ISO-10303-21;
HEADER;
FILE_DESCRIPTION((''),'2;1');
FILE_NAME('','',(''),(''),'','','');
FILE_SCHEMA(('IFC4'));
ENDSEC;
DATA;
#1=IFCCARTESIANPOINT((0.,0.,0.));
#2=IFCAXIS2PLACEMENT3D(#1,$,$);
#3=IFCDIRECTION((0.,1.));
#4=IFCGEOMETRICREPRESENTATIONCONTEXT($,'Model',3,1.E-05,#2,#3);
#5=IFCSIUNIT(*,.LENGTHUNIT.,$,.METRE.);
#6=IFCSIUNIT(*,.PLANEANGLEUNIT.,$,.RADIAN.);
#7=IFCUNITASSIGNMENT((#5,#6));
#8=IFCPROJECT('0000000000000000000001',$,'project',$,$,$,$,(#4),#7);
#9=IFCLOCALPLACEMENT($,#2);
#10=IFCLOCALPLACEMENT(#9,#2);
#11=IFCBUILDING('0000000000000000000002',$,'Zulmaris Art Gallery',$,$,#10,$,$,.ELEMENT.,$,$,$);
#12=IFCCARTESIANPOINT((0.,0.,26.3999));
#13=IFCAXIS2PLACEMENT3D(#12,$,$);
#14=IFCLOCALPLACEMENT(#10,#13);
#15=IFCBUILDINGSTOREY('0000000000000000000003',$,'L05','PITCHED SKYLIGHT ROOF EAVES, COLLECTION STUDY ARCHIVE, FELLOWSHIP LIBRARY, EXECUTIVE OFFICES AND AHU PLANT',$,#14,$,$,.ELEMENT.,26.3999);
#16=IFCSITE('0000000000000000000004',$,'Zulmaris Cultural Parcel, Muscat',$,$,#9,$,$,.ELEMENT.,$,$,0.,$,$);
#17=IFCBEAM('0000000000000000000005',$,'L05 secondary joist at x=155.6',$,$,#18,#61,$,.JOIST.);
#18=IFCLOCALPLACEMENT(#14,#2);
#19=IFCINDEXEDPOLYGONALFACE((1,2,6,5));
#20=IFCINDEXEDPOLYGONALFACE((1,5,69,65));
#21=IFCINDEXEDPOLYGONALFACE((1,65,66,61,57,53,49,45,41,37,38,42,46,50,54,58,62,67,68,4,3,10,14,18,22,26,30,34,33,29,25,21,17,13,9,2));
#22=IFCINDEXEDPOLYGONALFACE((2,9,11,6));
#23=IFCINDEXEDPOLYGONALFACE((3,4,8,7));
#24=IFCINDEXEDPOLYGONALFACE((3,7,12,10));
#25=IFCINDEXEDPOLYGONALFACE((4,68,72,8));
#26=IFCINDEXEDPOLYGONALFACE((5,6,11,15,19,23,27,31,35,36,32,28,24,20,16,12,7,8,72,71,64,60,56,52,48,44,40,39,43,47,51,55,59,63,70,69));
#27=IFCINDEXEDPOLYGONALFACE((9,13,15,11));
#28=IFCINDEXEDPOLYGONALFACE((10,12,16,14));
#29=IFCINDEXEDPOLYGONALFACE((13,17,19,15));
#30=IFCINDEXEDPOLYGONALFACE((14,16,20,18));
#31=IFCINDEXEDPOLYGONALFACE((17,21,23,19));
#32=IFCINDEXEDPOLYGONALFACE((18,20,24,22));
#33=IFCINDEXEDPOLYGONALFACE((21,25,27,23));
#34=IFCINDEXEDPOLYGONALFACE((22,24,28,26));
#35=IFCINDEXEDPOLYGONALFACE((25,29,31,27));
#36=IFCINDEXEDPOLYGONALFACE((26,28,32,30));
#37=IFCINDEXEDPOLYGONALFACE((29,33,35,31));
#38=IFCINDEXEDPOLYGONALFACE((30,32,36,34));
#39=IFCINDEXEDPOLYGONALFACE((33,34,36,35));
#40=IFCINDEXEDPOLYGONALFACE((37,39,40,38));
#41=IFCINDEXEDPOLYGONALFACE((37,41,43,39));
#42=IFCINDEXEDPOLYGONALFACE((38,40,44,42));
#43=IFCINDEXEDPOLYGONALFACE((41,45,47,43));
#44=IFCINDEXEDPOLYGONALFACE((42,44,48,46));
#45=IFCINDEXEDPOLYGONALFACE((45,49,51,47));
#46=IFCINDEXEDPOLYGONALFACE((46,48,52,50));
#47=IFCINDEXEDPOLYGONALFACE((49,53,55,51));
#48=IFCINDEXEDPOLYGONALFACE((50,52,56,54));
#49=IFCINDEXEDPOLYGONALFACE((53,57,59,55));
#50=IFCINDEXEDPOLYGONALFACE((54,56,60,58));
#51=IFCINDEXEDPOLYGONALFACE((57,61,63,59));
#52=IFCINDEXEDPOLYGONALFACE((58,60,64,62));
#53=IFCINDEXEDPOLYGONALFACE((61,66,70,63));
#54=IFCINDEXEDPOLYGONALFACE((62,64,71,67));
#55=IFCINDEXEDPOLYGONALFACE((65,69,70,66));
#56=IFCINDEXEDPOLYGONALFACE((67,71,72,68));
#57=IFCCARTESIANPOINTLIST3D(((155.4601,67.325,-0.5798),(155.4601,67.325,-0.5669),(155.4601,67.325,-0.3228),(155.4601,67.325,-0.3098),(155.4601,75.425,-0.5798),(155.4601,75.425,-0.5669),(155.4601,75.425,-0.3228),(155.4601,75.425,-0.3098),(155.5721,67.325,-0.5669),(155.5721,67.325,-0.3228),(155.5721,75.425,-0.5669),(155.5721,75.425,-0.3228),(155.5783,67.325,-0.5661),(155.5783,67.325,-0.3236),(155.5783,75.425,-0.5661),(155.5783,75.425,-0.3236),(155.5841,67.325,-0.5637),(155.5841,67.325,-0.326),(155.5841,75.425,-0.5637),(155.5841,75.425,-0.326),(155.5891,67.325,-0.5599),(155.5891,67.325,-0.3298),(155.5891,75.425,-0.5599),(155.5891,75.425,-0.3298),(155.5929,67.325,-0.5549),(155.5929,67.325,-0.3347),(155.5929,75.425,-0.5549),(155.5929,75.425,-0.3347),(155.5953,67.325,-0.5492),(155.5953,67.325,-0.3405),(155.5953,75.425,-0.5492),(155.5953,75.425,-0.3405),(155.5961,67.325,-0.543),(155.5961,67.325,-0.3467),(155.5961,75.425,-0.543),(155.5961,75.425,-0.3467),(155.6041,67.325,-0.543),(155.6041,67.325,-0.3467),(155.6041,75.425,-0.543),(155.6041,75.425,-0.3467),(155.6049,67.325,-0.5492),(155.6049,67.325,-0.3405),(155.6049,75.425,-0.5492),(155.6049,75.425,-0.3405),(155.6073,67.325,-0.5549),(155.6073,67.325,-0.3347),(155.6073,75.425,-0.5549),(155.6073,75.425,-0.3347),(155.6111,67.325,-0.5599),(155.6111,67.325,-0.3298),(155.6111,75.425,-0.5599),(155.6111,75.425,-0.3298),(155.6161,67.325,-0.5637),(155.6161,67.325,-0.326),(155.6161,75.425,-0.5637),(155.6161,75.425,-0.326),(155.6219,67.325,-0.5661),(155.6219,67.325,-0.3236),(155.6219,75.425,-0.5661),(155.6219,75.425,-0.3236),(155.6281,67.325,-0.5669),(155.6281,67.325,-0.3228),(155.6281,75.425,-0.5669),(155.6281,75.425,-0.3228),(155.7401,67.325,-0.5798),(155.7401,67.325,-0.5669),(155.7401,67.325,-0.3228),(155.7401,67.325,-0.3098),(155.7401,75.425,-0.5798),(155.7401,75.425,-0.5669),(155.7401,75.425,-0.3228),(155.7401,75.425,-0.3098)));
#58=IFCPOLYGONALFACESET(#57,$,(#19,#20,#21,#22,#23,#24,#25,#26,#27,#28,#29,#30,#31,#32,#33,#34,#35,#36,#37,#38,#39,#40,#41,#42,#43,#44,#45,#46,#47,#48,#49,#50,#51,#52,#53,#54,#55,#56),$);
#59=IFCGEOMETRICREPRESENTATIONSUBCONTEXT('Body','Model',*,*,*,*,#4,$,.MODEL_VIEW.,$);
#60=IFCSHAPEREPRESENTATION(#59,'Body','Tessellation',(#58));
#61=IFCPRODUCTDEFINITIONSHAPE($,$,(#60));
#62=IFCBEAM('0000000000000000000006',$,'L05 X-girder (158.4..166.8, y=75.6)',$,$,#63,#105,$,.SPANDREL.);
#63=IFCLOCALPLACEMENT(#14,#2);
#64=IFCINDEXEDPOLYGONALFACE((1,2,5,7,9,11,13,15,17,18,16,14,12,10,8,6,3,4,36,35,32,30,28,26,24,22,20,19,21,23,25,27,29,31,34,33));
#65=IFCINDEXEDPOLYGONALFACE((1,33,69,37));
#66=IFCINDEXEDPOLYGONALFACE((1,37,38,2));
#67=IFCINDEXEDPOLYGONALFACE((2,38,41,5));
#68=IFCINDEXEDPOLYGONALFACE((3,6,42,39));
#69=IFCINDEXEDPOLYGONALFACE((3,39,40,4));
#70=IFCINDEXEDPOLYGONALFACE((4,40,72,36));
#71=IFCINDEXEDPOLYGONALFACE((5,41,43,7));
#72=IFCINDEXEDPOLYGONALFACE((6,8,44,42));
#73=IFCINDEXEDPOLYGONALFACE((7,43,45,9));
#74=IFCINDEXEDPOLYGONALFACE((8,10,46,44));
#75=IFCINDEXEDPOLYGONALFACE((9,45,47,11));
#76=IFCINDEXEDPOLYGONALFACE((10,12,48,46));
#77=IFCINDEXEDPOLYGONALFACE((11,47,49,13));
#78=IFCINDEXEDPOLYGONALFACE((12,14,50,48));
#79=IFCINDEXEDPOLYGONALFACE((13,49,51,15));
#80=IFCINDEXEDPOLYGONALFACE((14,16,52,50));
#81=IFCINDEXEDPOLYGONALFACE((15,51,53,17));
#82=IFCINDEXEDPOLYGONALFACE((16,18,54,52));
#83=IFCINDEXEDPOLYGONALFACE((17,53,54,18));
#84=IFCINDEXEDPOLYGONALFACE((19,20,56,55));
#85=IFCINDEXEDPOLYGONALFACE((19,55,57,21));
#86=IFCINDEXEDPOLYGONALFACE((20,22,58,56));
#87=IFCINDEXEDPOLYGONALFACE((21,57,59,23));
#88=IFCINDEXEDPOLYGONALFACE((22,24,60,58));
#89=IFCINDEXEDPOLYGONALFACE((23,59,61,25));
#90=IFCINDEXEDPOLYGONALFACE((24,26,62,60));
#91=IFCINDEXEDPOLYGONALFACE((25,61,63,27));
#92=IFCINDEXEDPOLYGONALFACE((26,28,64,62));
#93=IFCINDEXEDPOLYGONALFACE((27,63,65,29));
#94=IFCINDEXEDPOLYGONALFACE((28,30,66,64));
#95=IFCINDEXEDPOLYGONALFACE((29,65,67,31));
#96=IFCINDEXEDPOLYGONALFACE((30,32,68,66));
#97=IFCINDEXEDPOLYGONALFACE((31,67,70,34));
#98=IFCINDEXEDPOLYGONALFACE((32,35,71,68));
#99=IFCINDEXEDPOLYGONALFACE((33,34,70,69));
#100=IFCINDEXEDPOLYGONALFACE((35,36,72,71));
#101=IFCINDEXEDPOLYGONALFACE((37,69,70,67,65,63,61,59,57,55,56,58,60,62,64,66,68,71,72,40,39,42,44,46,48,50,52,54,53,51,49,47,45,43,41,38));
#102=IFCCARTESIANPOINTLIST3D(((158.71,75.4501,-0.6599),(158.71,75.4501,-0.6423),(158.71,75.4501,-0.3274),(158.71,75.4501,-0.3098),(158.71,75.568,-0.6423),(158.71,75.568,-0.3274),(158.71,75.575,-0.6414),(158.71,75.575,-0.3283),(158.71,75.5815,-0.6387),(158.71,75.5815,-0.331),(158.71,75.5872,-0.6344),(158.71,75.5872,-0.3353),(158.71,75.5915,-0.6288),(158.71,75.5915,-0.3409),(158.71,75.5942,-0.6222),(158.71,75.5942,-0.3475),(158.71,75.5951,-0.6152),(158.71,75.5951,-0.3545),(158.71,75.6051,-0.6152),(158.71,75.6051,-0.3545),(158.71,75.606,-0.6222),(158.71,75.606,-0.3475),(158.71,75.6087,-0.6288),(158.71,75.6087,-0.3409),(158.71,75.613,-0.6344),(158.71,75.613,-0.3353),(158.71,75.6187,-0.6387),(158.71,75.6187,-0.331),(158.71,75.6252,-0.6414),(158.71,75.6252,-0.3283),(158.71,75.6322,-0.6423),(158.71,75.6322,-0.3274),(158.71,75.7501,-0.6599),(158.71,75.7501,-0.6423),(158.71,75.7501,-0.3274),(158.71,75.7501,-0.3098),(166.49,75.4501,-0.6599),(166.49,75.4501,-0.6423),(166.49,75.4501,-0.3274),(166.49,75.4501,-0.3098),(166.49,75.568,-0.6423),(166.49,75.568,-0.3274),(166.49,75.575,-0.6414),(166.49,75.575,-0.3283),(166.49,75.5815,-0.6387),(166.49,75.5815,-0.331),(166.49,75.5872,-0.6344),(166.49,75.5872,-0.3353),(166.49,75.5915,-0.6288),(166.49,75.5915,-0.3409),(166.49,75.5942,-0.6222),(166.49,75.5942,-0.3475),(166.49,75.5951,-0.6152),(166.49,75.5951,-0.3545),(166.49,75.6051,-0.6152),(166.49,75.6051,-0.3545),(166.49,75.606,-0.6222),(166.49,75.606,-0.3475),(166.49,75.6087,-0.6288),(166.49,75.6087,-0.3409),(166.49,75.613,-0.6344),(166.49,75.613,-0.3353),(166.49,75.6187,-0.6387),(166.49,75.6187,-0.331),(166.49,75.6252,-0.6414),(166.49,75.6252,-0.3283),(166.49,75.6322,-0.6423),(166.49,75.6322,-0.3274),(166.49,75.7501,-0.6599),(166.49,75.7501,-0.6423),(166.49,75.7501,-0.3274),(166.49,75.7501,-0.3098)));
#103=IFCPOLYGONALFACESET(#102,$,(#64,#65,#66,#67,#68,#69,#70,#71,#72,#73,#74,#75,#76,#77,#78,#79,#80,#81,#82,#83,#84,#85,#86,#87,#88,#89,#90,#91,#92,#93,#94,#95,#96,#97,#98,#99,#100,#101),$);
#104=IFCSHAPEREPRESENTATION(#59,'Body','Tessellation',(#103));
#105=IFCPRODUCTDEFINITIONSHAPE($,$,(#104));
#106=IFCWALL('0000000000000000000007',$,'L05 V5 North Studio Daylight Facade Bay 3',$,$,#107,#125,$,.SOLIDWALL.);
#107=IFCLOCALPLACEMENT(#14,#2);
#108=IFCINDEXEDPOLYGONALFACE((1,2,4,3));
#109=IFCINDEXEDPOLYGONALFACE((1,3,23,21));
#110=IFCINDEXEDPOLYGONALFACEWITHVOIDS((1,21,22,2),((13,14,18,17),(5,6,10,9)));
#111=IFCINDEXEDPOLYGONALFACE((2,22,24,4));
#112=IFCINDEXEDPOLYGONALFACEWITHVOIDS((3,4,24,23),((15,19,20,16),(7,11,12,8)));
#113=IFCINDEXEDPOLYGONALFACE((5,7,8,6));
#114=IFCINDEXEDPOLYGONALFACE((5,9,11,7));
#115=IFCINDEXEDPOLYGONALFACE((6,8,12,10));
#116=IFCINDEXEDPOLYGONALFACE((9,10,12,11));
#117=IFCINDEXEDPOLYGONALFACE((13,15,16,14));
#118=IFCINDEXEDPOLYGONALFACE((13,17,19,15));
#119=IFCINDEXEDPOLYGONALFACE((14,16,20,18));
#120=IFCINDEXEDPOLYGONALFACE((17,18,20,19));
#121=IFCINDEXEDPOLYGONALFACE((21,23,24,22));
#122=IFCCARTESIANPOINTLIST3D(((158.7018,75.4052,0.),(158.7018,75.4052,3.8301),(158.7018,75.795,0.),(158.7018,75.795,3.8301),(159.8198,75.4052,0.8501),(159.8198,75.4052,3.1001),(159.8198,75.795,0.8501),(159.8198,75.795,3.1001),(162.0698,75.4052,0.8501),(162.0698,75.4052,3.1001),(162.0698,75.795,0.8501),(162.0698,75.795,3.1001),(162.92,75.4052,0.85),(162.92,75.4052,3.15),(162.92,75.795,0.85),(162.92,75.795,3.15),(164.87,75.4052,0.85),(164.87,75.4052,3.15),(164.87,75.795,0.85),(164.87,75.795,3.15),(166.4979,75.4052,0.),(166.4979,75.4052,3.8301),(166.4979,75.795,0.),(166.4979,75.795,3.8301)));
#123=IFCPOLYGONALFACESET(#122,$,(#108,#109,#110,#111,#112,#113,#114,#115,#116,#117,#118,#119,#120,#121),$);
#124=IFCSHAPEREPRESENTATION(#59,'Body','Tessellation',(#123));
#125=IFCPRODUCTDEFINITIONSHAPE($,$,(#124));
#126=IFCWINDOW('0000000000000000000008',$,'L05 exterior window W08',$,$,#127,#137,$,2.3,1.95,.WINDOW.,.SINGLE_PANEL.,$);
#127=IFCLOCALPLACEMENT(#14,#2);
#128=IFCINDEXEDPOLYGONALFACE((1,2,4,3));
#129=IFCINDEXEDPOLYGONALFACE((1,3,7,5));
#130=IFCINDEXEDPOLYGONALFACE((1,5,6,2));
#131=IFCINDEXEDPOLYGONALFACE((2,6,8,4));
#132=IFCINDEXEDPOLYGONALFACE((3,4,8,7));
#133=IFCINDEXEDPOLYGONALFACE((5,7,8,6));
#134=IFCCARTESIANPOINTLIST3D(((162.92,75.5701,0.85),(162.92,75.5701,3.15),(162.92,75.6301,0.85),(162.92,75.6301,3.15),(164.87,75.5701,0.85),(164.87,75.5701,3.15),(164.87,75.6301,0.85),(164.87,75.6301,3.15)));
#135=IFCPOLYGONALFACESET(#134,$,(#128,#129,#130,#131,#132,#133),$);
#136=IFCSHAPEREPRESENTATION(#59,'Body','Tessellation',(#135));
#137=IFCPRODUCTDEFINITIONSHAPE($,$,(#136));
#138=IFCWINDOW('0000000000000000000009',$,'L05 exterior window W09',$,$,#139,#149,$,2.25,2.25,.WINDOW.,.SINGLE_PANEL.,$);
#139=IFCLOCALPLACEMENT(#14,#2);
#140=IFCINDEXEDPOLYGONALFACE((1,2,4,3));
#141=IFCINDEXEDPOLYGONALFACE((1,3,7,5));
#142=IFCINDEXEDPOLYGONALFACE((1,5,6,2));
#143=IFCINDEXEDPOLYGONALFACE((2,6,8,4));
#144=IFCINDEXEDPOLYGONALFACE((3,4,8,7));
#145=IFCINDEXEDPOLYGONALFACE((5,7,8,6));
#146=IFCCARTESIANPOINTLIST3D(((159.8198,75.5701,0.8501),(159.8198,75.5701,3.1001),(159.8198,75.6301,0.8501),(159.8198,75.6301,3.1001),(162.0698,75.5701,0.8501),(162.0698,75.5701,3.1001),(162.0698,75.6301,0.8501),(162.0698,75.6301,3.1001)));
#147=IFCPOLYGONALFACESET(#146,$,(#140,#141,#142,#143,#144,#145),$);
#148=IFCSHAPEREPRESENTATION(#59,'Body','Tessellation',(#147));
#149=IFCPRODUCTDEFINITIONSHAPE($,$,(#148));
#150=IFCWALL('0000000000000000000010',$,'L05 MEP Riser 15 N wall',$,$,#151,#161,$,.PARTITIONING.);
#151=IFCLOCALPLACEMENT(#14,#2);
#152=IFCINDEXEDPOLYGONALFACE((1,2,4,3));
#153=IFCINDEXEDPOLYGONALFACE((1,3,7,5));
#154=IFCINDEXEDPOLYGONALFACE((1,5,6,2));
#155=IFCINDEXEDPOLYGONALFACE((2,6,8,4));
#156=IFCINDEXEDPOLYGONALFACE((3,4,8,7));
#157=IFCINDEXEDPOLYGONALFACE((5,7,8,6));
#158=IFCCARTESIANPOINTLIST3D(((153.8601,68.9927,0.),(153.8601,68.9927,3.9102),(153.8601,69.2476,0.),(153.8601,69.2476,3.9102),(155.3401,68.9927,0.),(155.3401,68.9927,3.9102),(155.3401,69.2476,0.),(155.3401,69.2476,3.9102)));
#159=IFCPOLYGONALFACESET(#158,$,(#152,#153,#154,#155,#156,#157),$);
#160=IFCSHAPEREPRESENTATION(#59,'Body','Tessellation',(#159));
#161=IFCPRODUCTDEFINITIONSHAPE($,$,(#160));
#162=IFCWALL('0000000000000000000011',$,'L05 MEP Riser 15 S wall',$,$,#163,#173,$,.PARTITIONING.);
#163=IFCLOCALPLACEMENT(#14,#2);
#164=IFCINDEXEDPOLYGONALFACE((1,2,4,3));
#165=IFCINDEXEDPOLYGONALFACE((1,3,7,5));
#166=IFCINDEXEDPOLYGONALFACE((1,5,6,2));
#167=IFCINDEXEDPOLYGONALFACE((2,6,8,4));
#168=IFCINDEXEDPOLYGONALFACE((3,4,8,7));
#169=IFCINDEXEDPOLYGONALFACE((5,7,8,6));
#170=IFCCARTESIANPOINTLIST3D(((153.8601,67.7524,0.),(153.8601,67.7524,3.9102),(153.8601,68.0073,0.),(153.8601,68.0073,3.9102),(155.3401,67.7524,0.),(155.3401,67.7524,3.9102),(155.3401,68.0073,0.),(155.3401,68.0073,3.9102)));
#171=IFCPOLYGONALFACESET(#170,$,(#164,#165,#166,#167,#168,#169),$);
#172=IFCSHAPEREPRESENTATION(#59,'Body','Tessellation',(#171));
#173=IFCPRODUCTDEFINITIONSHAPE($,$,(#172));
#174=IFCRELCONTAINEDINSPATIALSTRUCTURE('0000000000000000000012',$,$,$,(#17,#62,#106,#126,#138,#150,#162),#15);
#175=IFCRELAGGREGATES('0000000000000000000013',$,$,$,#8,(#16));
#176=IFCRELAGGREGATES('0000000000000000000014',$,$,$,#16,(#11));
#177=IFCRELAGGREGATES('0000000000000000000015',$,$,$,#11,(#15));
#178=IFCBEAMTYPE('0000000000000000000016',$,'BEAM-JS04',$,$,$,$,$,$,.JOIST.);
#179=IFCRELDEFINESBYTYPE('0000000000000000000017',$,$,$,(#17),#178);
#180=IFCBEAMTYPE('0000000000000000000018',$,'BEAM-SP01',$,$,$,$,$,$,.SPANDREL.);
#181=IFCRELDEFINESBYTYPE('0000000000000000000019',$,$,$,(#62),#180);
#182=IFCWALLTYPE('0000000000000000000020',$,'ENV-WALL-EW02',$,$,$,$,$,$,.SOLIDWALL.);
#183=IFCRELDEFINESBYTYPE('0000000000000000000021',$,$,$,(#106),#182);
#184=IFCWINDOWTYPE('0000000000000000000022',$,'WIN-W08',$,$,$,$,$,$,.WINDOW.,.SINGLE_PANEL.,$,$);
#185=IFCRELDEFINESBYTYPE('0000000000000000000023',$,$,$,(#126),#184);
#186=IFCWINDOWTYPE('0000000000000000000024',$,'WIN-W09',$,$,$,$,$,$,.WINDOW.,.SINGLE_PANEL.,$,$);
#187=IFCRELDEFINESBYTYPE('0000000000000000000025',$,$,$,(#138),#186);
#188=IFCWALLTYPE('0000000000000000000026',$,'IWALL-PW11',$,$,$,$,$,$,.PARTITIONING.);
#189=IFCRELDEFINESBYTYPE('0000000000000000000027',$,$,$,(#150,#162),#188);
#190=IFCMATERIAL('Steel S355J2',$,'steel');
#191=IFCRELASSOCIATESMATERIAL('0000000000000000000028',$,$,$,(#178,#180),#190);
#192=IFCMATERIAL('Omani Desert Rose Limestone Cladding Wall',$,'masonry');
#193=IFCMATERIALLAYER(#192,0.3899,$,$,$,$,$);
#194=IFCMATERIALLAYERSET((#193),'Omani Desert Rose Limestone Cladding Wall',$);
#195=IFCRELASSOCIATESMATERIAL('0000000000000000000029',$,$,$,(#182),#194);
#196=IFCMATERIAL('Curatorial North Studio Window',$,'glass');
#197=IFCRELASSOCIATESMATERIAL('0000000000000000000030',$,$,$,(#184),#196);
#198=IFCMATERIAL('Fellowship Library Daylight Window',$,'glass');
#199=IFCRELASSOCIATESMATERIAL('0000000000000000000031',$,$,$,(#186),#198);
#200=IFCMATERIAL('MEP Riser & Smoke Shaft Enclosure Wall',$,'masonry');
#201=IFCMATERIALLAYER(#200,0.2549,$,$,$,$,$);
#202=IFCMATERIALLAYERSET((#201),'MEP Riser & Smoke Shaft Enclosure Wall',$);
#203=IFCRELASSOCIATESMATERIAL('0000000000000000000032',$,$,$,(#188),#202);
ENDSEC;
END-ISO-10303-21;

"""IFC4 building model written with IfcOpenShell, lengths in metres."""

from ifc_helpers import new_model, si_unit, direction, frame, frame_2d, origin, origin_2d, place, context, subcontext, project, spatial, rectangle, i_section, extrude, material, layer, layer_set, material_profile, profile_set, type_object, element, fill, save


model = new_model("IFC4")

# Units and contexts
model_context = context("Model", 3, precision=1e-05, world=origin(), true_north=direction((0.0, 1.0)))
body_context = subcontext(model_context, "Body", "Model", "MODEL_VIEW")
ifc_project = project(units=[si_unit("LENGTHUNIT", "METRE"), si_unit("PLANEANGLEUNIT", "RADIAN")], contexts=[model_context])

# Site, building, storey
site_placement = place(None, origin())
site = spatial("IfcSite", under=ifc_project, at=site_placement, Name="Zulmaris Cultural Parcel, Muscat", CompositionType="ELEMENT", RefElevation=0.0)
building_placement = place(site_placement, origin())
building = spatial("IfcBuilding", under=site, at=building_placement, Name="Zulmaris Art Gallery", CompositionType="ELEMENT")
storey_placement = place(building_placement, frame((0.0, 0.0, 26.3999)))
storey = spatial("IfcBuildingStorey", under=building, at=storey_placement, Name="L05", Description="PITCHED SKYLIGHT ROOF EAVES, COLLECTION STUDY ARCHIVE, FELLOWSHIP LIBRARY, EXECUTIVE OFFICES AND AHU PLANT", CompositionType="ELEMENT", Elevation=26.3999)

# Beams
ifc_material_1 = material(Name="Steel S355J2", Category="steel")
ifc_material_profile_1 = material_profile(ifc_material_1, i_section(OverallWidth=0.28, OverallDepth=0.27, WebThickness=0.0081, FlangeThickness=0.0129, FilletRadius=0.0239, at=origin_2d()), Name="HEA 280")
ifc_profile_set_1 = profile_set([ifc_material_profile_1], Name="Steel S355J2")
beam_type_1 = type_object("IfcBeamType", Name="BEAM-JS04", PredefinedType="JOIST", material=ifc_profile_set_1)
beam_1_placement = place(storey_placement, frame((155.6001, 67.325, -0.4448), z_axis=(0.0, 1.0, 0.0), x_axis=(-1.0, 0.0, 0.0)))
element("IfcBeam", 1, at=beam_1_placement, inside=storey, type_object=beam_type_1, Name="L05 secondary joist at x=155.6", PredefinedType="JOIST", context=body_context, shape_type="SweptSolid", body=[
    extrude(i_section(OverallWidth=0.28, OverallDepth=0.27, WebThickness=0.0081, FlangeThickness=0.0129, FilletRadius=0.0239, at=origin_2d()), origin(), (0.0, 0.0, 1.0), 8.1001),
])
ifc_material_profile_2 = material_profile(ifc_material_1, i_section(OverallWidth=0.3, OverallDepth=0.3501, WebThickness=0.01, FlangeThickness=0.0176, FilletRadius=0.0271, at=origin_2d()), Name="HEA 360")
ifc_profile_set_2 = profile_set([ifc_material_profile_2], Name="Steel S355J2")
beam_type_2 = type_object("IfcBeamType", Name="BEAM-SP01", PredefinedType="SPANDREL", material=ifc_profile_set_2)
beam_2_placement = place(storey_placement, frame((158.71, 75.6001, -0.4849), z_axis=(1.0, 0.0, 0.0), x_axis=(0.0, 1.0, 0.0)))
element("IfcBeam", 2, at=beam_2_placement, inside=storey, type_object=beam_type_2, Name="L05 X-girder (158.4..166.8, y=75.6)", PredefinedType="SPANDREL", context=body_context, shape_type="SweptSolid", body=[
    extrude(i_section(OverallWidth=0.3, OverallDepth=0.3501, WebThickness=0.01, FlangeThickness=0.0176, FilletRadius=0.0271, at=origin_2d()), origin(), (0.0, 0.0, 1.0), 7.78),
])

# Wall, openings, windows
ifc_material_2 = material(Name="Omani Desert Rose Limestone Cladding Wall", Category="masonry")
ifc_layer_1 = layer(ifc_material_2, 0.3899)
ifc_layer_set_1 = layer_set([ifc_layer_1], Name="Omani Desert Rose Limestone Cladding Wall")
wall_type_1 = type_object("IfcWallType", Name="ENV-WALL-EW02", PredefinedType="SOLIDWALL", material=ifc_layer_set_1)
wall_1_placement = place(storey_placement, frame((158.7019, 75.6001, 0.0), z_axis=(0.0, 0.0, 1.0), x_axis=(1.0, 0.0, 0.0)))
wall_1 = element("IfcWall", 3, at=wall_1_placement, inside=storey, type_object=wall_type_1, Name="L05 V5 North Studio Daylight Facade Bay 3", PredefinedType="SOLIDWALL", context=body_context, shape_type="SweptSolid", body=[
    extrude(rectangle(XDim=7.7961, YDim=0.3899, at=frame_2d((3.8979, 0.0))), origin(), (0.0, 0.0, 1.0), 3.8301),
])
opening_1_placement = place(wall_1_placement, frame((1.1179, 0.0, 0.8501)))
opening_1 = element("IfcOpeningElement", 4, at=opening_1_placement, cuts=wall_1, PredefinedType="OPENING", context=body_context, shape_type="SweptSolid", body=[
    extrude(rectangle(XDim=2.25, YDim=2.25, at=frame_2d((1.125, 1.125))), frame((0.0, 0.2048, 0.0), z_axis=(0.0, -1.0, 0.0), x_axis=(1.0, 0.0, 0.0)), (0.0, 0.0, 1.0), 0.4099),
])
opening_2_placement = place(wall_1_placement, frame((4.218, 0.0, 0.8501)))
opening_2 = element("IfcOpeningElement", 5, at=opening_2_placement, cuts=wall_1, PredefinedType="OPENING", context=body_context, shape_type="SweptSolid", body=[
    extrude(rectangle(XDim=1.95, YDim=2.3, at=frame_2d((0.9751, 1.1499))), frame((0.0, 0.2048, 0.0), z_axis=(0.0, -1.0, 0.0), x_axis=(1.0, 0.0, 0.0)), (0.0, 0.0, 1.0), 0.4099),
])
ifc_material_3 = material(Name="Curatorial North Studio Window", Category="glass")
window_type_1 = type_object("IfcWindowType", Name="WIN-W08", PartitioningType="SINGLE_PANEL", PredefinedType="WINDOW", material=ifc_material_3)
window_1_placement = place(opening_2_placement, origin())
window_1 = element("IfcWindow", 6, at=window_1_placement, inside=storey, type_object=window_type_1, Name="L05 exterior window W08", OverallHeight=2.3, OverallWidth=1.95, PartitioningType="SINGLE_PANEL", PredefinedType="WINDOW", context=body_context, shape_type="SweptSolid", body=[
    extrude(rectangle(XDim=1.95, YDim=2.3, at=frame_2d((0.9751, 1.1499))), frame((0.0, 0.03, 0.0), z_axis=(0.0, -1.0, 0.0), x_axis=(1.0, 0.0, 0.0)), (0.0, 0.0, 1.0), 0.0601),
])
fill(opening_2, window_1)
ifc_material_4 = material(Name="Fellowship Library Daylight Window", Category="glass")
window_type_2 = type_object("IfcWindowType", Name="WIN-W09", PartitioningType="SINGLE_PANEL", PredefinedType="WINDOW", material=ifc_material_4)
window_2_placement = place(opening_1_placement, origin())
window_2 = element("IfcWindow", 7, at=window_2_placement, inside=storey, type_object=window_type_2, Name="L05 exterior window W09", OverallHeight=2.25, OverallWidth=2.25, PartitioningType="SINGLE_PANEL", PredefinedType="WINDOW", context=body_context, shape_type="SweptSolid", body=[
    extrude(rectangle(XDim=2.25, YDim=2.25, at=frame_2d((1.125, 1.125))), frame((0.0, 0.03, 0.0), z_axis=(0.0, -1.0, 0.0), x_axis=(1.0, 0.0, 0.0)), (0.0, 0.0, 1.0), 0.0601),
])
fill(opening_1, window_2)

# Walls
ifc_material_5 = material(Name="MEP Riser & Smoke Shaft Enclosure Wall", Category="masonry")
ifc_layer_2 = layer(ifc_material_5, 0.2549)
ifc_layer_set_2 = layer_set([ifc_layer_2], Name="MEP Riser & Smoke Shaft Enclosure Wall")
wall_type_2 = type_object("IfcWallType", Name="IWALL-PW11", PredefinedType="PARTITIONING", material=ifc_layer_set_2)
for number, where, z_axis, x_axis, name in (
    (8, (153.8601, 69.1201, 0.0), (0.0, 0.0, 1.0), (1.0, 0.0, 0.0), "L05 MEP Riser 15 N wall"),
    (9, (153.8601, 67.8799, 0.0), (0.0, 0.0, 1.0), (1.0, 0.0, 0.0), "L05 MEP Riser 15 S wall"),
):
    element("IfcWall", number, at=place(storey_placement, frame(where, z_axis=z_axis, x_axis=x_axis)), inside=storey, type_object=wall_type_2, Name=name, PredefinedType="PARTITIONING", context=body_context, shape_type="SweptSolid", body=[
        extrude(rectangle(XDim=1.48, YDim=0.2549, at=frame_2d((0.74, 0.0))), origin(), (0.0, 0.0, 1.0), 3.9102),
    ])

save(model, "model.ifc")
